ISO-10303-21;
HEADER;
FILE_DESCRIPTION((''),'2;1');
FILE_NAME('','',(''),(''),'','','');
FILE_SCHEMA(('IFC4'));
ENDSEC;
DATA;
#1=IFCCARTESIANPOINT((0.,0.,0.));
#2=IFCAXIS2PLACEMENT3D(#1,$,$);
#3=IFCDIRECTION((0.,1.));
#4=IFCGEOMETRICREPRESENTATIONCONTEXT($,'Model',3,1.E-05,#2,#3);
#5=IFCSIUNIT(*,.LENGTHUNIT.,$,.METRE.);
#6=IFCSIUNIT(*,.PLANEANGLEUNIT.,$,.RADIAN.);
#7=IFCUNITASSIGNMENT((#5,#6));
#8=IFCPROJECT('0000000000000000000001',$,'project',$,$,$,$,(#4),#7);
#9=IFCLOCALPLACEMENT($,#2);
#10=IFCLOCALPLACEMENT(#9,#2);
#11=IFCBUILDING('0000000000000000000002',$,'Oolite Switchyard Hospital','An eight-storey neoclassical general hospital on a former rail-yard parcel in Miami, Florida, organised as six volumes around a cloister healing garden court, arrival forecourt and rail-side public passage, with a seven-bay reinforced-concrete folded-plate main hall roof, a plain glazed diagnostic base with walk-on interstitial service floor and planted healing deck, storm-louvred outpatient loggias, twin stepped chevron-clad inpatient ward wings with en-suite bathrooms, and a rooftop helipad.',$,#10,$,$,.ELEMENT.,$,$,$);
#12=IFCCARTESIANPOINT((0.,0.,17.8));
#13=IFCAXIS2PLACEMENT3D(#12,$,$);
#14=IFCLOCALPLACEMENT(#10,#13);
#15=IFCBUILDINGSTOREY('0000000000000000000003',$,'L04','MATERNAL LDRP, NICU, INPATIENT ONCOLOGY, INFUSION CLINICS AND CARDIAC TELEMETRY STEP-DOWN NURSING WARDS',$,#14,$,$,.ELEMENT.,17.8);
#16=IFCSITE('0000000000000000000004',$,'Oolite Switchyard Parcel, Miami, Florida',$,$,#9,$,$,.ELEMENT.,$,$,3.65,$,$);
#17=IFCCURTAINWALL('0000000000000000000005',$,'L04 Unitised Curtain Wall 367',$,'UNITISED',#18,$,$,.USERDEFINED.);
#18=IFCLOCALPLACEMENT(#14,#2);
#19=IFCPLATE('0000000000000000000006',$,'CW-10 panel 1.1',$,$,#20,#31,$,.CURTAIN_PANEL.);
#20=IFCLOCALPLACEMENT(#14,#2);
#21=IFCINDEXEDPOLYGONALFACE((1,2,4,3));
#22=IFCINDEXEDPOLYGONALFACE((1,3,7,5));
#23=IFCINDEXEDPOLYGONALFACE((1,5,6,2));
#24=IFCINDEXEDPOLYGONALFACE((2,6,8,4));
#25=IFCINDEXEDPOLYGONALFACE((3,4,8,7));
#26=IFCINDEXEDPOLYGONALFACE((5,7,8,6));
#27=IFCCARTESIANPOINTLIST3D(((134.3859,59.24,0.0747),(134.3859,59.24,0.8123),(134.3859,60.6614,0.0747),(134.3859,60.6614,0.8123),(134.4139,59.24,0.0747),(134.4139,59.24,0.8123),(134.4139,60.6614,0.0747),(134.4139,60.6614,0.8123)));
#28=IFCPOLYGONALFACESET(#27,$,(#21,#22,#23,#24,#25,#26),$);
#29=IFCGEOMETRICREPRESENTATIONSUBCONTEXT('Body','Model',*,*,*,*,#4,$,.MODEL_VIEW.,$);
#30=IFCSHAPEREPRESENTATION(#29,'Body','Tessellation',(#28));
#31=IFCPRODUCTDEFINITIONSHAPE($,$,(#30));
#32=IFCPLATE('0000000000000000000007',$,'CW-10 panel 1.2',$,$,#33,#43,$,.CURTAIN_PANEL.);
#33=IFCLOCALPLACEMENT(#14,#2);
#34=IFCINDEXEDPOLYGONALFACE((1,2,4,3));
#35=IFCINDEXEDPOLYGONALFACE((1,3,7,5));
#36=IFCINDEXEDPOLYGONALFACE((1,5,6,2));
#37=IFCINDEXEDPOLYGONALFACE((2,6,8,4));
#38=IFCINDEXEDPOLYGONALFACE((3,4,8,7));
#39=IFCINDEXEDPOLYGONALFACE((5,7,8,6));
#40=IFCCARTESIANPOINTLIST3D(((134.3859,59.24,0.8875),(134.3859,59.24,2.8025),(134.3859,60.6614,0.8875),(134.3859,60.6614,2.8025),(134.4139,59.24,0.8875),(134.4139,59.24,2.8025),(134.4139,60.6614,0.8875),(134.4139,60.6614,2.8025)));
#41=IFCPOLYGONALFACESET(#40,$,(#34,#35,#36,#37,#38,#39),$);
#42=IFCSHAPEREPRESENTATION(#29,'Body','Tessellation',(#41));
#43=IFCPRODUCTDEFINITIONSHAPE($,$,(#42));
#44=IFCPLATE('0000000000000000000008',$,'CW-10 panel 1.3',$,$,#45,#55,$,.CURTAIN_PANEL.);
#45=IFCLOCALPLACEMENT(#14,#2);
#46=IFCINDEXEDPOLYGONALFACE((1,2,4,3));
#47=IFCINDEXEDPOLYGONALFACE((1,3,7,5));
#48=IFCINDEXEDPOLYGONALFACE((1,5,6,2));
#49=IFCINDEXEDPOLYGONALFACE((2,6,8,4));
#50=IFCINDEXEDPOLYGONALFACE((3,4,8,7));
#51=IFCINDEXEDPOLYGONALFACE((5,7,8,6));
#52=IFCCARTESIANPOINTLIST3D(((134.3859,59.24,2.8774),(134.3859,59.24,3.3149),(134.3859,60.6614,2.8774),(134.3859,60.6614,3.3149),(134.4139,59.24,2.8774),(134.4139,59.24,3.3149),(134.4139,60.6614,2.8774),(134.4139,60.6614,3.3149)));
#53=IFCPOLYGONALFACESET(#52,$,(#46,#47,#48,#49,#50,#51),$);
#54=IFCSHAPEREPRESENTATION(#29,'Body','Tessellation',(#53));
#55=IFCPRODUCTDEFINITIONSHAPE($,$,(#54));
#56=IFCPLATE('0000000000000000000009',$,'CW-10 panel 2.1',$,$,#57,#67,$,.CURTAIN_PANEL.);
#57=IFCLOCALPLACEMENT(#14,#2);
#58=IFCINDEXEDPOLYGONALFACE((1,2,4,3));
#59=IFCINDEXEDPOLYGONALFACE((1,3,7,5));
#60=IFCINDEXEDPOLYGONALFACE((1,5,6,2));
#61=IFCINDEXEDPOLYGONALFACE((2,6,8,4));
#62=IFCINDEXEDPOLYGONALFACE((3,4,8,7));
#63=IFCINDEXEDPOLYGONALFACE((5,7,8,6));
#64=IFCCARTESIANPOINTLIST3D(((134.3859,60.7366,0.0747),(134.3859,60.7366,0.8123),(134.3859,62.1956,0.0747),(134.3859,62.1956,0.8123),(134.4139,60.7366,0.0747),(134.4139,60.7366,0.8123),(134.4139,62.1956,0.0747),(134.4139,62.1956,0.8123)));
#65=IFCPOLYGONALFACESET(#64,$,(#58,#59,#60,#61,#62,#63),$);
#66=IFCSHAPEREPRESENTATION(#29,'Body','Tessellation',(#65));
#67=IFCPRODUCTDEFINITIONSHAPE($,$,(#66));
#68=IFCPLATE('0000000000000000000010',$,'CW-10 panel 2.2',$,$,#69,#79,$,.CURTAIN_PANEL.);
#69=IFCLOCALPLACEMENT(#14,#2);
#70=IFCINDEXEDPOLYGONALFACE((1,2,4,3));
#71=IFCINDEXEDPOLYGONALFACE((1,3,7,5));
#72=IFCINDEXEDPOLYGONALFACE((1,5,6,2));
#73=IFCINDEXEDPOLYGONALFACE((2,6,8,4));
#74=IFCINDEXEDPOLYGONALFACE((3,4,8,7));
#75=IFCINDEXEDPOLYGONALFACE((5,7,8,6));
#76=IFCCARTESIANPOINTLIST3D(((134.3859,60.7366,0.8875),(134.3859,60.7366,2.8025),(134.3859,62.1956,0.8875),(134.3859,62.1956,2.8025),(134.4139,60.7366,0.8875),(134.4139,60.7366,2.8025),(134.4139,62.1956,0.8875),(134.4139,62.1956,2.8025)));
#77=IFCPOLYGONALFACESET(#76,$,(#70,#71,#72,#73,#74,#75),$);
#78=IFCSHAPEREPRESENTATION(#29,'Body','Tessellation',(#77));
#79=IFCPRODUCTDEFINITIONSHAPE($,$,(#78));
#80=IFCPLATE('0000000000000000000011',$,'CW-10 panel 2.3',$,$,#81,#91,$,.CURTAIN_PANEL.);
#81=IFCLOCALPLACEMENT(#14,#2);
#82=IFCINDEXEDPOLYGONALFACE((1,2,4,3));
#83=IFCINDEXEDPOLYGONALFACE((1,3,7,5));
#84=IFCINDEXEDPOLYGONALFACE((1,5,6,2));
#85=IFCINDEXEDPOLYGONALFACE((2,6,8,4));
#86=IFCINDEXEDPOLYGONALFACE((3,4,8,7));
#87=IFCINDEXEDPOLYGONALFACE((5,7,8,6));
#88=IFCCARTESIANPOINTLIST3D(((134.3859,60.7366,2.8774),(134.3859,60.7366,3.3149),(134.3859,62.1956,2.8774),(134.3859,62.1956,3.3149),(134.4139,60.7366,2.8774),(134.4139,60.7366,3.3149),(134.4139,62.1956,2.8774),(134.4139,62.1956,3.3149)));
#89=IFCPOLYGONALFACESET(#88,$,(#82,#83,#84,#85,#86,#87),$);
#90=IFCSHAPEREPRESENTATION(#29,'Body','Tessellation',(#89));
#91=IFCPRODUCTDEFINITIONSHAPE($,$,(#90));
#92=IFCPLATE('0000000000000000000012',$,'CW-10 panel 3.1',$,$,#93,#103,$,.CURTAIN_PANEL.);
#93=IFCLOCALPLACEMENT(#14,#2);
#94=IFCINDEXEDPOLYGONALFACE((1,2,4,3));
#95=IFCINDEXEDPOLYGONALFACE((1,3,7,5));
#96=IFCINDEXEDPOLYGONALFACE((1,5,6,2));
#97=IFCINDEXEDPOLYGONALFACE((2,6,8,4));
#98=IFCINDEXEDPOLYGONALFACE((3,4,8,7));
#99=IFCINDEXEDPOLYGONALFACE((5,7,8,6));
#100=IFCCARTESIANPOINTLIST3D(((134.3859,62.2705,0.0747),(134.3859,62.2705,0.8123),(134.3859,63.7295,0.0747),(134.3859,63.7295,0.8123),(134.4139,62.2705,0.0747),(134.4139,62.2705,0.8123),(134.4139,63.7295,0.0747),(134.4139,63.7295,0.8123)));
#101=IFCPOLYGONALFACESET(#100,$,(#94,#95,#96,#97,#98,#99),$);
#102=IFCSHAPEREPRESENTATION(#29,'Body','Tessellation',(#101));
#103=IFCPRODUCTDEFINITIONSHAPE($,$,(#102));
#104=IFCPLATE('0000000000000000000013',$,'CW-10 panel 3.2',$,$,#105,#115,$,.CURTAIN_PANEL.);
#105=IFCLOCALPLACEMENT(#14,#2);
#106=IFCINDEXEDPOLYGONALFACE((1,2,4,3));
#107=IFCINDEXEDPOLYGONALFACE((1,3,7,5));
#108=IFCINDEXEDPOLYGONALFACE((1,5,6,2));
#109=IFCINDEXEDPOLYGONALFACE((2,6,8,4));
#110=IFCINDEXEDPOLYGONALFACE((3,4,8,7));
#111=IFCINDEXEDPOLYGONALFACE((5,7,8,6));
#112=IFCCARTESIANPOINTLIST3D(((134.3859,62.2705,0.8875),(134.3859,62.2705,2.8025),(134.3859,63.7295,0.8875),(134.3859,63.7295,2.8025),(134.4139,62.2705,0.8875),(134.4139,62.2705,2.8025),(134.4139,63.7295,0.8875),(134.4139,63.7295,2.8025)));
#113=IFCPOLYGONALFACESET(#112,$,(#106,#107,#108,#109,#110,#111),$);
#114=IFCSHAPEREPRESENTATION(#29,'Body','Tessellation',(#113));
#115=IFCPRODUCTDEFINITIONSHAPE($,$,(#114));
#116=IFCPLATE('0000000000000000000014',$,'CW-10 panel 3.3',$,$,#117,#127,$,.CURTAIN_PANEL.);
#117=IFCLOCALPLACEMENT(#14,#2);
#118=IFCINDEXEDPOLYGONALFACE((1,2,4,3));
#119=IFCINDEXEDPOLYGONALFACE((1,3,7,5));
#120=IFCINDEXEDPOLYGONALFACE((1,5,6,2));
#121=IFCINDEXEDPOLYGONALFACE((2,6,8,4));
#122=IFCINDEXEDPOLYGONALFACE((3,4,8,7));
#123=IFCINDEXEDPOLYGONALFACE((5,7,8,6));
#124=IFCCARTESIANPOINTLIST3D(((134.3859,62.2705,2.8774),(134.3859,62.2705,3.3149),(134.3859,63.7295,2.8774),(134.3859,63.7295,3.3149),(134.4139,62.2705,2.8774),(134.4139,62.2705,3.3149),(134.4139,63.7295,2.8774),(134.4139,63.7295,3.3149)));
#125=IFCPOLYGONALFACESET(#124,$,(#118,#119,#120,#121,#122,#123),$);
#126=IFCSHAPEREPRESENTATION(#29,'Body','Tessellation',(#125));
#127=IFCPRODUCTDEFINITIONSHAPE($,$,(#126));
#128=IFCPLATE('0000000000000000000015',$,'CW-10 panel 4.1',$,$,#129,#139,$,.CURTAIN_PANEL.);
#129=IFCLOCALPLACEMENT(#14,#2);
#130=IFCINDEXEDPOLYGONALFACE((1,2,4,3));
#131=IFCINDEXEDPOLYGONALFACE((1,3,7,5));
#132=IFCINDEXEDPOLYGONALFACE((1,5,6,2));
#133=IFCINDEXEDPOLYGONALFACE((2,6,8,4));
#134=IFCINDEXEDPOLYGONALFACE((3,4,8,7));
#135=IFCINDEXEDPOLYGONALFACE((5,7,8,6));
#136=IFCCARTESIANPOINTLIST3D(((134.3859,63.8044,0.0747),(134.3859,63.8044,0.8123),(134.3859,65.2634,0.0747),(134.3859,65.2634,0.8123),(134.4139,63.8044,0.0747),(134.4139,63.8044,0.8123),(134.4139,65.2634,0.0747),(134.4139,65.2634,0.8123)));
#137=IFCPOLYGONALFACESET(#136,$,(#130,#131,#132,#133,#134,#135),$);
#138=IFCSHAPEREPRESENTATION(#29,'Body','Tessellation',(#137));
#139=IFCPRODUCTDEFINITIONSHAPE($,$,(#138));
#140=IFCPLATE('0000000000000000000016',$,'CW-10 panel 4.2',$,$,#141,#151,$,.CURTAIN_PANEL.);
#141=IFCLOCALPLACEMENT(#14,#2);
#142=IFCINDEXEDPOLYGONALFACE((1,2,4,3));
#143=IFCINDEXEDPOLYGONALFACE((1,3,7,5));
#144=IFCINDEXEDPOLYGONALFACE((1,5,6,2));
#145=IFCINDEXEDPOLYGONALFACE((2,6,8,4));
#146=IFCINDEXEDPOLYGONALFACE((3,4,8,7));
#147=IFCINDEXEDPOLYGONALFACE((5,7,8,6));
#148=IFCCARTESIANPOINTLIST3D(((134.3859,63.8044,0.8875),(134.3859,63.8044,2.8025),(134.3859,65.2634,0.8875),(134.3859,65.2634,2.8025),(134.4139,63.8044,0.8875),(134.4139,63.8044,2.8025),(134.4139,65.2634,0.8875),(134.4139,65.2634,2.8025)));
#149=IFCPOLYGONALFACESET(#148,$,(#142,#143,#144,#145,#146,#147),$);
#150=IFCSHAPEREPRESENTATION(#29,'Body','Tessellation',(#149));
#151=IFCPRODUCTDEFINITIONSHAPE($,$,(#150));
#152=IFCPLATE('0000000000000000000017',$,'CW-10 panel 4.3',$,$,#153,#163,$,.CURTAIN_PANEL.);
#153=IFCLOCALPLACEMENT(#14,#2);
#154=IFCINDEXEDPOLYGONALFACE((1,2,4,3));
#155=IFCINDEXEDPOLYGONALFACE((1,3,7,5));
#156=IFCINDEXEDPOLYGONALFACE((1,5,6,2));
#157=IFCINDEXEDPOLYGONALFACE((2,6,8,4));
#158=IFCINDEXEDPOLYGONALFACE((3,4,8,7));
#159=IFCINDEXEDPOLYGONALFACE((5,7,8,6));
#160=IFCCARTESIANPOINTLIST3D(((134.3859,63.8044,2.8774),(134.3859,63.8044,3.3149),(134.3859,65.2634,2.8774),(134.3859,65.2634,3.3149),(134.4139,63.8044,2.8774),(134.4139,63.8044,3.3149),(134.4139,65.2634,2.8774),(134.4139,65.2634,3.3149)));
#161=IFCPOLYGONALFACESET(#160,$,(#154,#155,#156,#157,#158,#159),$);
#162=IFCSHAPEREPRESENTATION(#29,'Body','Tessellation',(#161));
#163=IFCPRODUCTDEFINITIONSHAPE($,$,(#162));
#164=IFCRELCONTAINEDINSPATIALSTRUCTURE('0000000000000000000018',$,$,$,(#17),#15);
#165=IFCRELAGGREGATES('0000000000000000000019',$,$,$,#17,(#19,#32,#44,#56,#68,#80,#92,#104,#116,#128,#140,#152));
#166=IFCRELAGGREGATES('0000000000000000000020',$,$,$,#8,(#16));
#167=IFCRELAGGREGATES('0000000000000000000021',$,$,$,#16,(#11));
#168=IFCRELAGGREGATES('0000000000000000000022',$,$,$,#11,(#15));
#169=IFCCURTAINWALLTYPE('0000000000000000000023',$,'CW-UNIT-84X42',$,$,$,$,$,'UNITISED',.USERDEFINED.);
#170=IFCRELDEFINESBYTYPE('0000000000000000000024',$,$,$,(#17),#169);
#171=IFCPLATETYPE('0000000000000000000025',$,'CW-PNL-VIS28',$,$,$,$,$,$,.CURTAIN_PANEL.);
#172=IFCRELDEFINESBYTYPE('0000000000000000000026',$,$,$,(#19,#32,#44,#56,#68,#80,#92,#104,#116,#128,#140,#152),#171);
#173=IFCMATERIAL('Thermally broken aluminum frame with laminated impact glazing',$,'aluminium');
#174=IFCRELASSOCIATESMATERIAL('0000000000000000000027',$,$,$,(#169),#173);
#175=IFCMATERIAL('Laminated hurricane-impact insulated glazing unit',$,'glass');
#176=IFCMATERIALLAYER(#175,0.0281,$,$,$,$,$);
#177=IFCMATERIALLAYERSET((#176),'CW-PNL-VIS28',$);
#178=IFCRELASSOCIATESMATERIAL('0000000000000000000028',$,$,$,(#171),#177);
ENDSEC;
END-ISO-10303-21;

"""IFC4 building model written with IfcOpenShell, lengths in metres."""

from ifc_helpers import new_model, si_unit, direction, frame, origin, origin_2d, place, context, subcontext, project, spatial, rectangle, extrude, material, layer, layer_set, type_object, element, aggregate, save


model = new_model("IFC4")

# Units and contexts
model_context = context("Model", 3, precision=1e-05, world=origin(), true_north=direction((0.0, 1.0)))
body_context = subcontext(model_context, "Body", "Model", "MODEL_VIEW")
ifc_project = project(units=[si_unit("LENGTHUNIT", "METRE"), si_unit("PLANEANGLEUNIT", "RADIAN")], contexts=[model_context])

# Site, building, storey
site_placement = place(None, origin())
site = spatial("IfcSite", under=ifc_project, at=site_placement, Name="Oolite Switchyard Parcel, Miami, Florida", CompositionType="ELEMENT", RefElevation=3.65)
building_placement = place(site_placement, origin())
building = spatial("IfcBuilding", under=site, at=building_placement, Name="Oolite Switchyard Hospital", Description="An eight-storey neoclassical general hospital on a former rail-yard parcel in Miami, Florida, organised as six volumes around a cloister healing garden court, arrival forecourt and rail-side public passage, with a seven-bay reinforced-concrete folded-plate main hall roof, a plain glazed diagnostic base with walk-on interstitial service floor and planted healing deck, storm-louvred outpatient loggias, twin stepped chevron-clad inpatient ward wings with en-suite bathrooms, and a rooftop helipad.", CompositionType="ELEMENT")
storey_placement = place(building_placement, frame((0.0, 0.0, 17.8)))
storey = spatial("IfcBuildingStorey", under=building, at=storey_placement, Name="L04", Description="MATERNAL LDRP, NICU, INPATIENT ONCOLOGY, INFUSION CLINICS AND CARDIAC TELEMETRY STEP-DOWN NURSING WARDS", CompositionType="ELEMENT", Elevation=17.8)

# Shared definitions
ifc_material_1 = material(Name="Thermally broken aluminum frame with laminated impact glazing", Category="aluminium")
curtain_wall_type = type_object("IfcCurtainWallType", Name="CW-UNIT-84X42", ElementType="UNITISED", PredefinedType="USERDEFINED", material=ifc_material_1)

# Curtain wall
curtain_wall_1_placement = place(storey_placement, origin())
curtain_wall_1 = element("IfcCurtainWall", 1, at=curtain_wall_1_placement, inside=storey, type_object=curtain_wall_type, Name="L04 Unitised Curtain Wall 367", ObjectType="UNITISED", PredefinedType="USERDEFINED")

# Plates
ifc_material_2 = material(Name="Laminated hurricane-impact insulated glazing unit", Category="glass")
ifc_layer_1 = layer(ifc_material_2, 0.0281)
ifc_layer_set_1 = layer_set([ifc_layer_1], Name="CW-PNL-VIS28")
plate_type_1 = type_object("IfcPlateType", Name="CW-PNL-VIS28", PredefinedType="CURTAIN_PANEL", material=ifc_layer_set_1)
plate_1_placement = place(storey_placement, frame((134.3999, 59.9507, 0.0747), z_axis=(0.0, 0.0, 1.0), x_axis=(0.0, 1.0, 0.0)))
plate_1 = element("IfcPlate", 2, at=plate_1_placement, type_object=plate_type_1, Name="CW-10 panel 1.1", PredefinedType="CURTAIN_PANEL", context=body_context, shape_type="SweptSolid", body=[
    extrude(rectangle(XDim=1.4214, YDim=0.0281, at=origin_2d()), origin(), (0.0, 0.0, 1.0), 0.7375),
])
plate_2_placement = place(storey_placement, frame((134.3999, 59.9507, 0.8875), z_axis=(0.0, 0.0, 1.0), x_axis=(0.0, 1.0, 0.0)))
plate_2 = element("IfcPlate", 3, at=plate_2_placement, type_object=plate_type_1, Name="CW-10 panel 1.2", PredefinedType="CURTAIN_PANEL", context=body_context, shape_type="SweptSolid", body=[
    extrude(rectangle(XDim=1.4214, YDim=0.0281, at=origin_2d()), origin(), (0.0, 0.0, 1.0), 1.915),
])
plate_3_placement = place(storey_placement, frame((134.3999, 59.9507, 2.8774), z_axis=(0.0, 0.0, 1.0), x_axis=(0.0, 1.0, 0.0)))
plate_3 = element("IfcPlate", 4, at=plate_3_placement, type_object=plate_type_1, Name="CW-10 panel 1.3", PredefinedType="CURTAIN_PANEL", context=body_context, shape_type="SweptSolid", body=[
    extrude(rectangle(XDim=1.4214, YDim=0.0281, at=origin_2d()), origin(), (0.0, 0.0, 1.0), 0.4375),
])
plate_4_placement = place(storey_placement, frame((134.3999, 61.4661, 0.0747), z_axis=(0.0, 0.0, 1.0), x_axis=(0.0, 1.0, 0.0)))
plate_4 = element("IfcPlate", 5, at=plate_4_placement, type_object=plate_type_1, Name="CW-10 panel 2.1", PredefinedType="CURTAIN_PANEL", context=body_context, shape_type="SweptSolid", body=[
    extrude(rectangle(XDim=1.459, YDim=0.0281, at=origin_2d()), origin(), (0.0, 0.0, 1.0), 0.7375),
])
plate_5_placement = place(storey_placement, frame((134.3999, 61.4661, 0.8875), z_axis=(0.0, 0.0, 1.0), x_axis=(0.0, 1.0, 0.0)))
plate_5 = element("IfcPlate", 6, at=plate_5_placement, type_object=plate_type_1, Name="CW-10 panel 2.2", PredefinedType="CURTAIN_PANEL", context=body_context, shape_type="SweptSolid", body=[
    extrude(rectangle(XDim=1.459, YDim=0.0281, at=origin_2d()), origin(), (0.0, 0.0, 1.0), 1.915),
])
plate_6_placement = place(storey_placement, frame((134.3999, 61.4661, 2.8774), z_axis=(0.0, 0.0, 1.0), x_axis=(0.0, 1.0, 0.0)))
plate_6 = element("IfcPlate", 7, at=plate_6_placement, type_object=plate_type_1, Name="CW-10 panel 2.3", PredefinedType="CURTAIN_PANEL", context=body_context, shape_type="SweptSolid", body=[
    extrude(rectangle(XDim=1.459, YDim=0.0281, at=origin_2d()), origin(), (0.0, 0.0, 1.0), 0.4375),
])
plate_7_placement = place(storey_placement, frame((134.3999, 63.0, 0.0747), z_axis=(0.0, 0.0, 1.0), x_axis=(0.0, 1.0, 0.0)))
plate_7 = element("IfcPlate", 8, at=plate_7_placement, type_object=plate_type_1, Name="CW-10 panel 3.1", PredefinedType="CURTAIN_PANEL", context=body_context, shape_type="SweptSolid", body=[
    extrude(rectangle(XDim=1.459, YDim=0.0281, at=origin_2d()), origin(), (0.0, 0.0, 1.0), 0.7375),
])
plate_8_placement = place(storey_placement, frame((134.3999, 63.0, 0.8875), z_axis=(0.0, 0.0, 1.0), x_axis=(0.0, 1.0, 0.0)))
plate_8 = element("IfcPlate", 9, at=plate_8_placement, type_object=plate_type_1, Name="CW-10 panel 3.2", PredefinedType="CURTAIN_PANEL", context=body_context, shape_type="SweptSolid", body=[
    extrude(rectangle(XDim=1.459, YDim=0.0281, at=origin_2d()), origin(), (0.0, 0.0, 1.0), 1.915),
])
plate_9_placement = place(storey_placement, frame((134.3999, 63.0, 2.8774), z_axis=(0.0, 0.0, 1.0), x_axis=(0.0, 1.0, 0.0)))
plate_9 = element("IfcPlate", 10, at=plate_9_placement, type_object=plate_type_1, Name="CW-10 panel 3.3", PredefinedType="CURTAIN_PANEL", context=body_context, shape_type="SweptSolid", body=[
    extrude(rectangle(XDim=1.459, YDim=0.0281, at=origin_2d()), origin(), (0.0, 0.0, 1.0), 0.4375),
])
plate_10_placement = place(storey_placement, frame((134.3999, 64.5339, 0.0747), z_axis=(0.0, 0.0, 1.0), x_axis=(0.0, 1.0, 0.0)))
plate_10 = element("IfcPlate", 11, at=plate_10_placement, type_object=plate_type_1, Name="CW-10 panel 4.1", PredefinedType="CURTAIN_PANEL", context=body_context, shape_type="SweptSolid", body=[
    extrude(rectangle(XDim=1.459, YDim=0.0281, at=origin_2d()), origin(), (0.0, 0.0, 1.0), 0.7375),
])
plate_11_placement = place(storey_placement, frame((134.3999, 64.5339, 0.8875), z_axis=(0.0, 0.0, 1.0), x_axis=(0.0, 1.0, 0.0)))
plate_11 = element("IfcPlate", 12, at=plate_11_placement, type_object=plate_type_1, Name="CW-10 panel 4.2", PredefinedType="CURTAIN_PANEL", context=body_context, shape_type="SweptSolid", body=[
    extrude(rectangle(XDim=1.459, YDim=0.0281, at=origin_2d()), origin(), (0.0, 0.0, 1.0), 1.915),
])
plate_12_placement = place(storey_placement, frame((134.3999, 64.5339, 2.8774), z_axis=(0.0, 0.0, 1.0), x_axis=(0.0, 1.0, 0.0)))
plate_12 = element("IfcPlate", 13, at=plate_12_placement, type_object=plate_type_1, Name="CW-10 panel 4.3", PredefinedType="CURTAIN_PANEL", context=body_context, shape_type="SweptSolid", body=[
    extrude(rectangle(XDim=1.459, YDim=0.0281, at=origin_2d()), origin(), (0.0, 0.0, 1.0), 0.4375),
])
aggregate(curtain_wall_1, [plate_1, plate_2, plate_3, plate_4, plate_5, plate_6, plate_7, plate_8, plate_9, plate_10, plate_11, plate_12])

save(model, "model.ifc")
